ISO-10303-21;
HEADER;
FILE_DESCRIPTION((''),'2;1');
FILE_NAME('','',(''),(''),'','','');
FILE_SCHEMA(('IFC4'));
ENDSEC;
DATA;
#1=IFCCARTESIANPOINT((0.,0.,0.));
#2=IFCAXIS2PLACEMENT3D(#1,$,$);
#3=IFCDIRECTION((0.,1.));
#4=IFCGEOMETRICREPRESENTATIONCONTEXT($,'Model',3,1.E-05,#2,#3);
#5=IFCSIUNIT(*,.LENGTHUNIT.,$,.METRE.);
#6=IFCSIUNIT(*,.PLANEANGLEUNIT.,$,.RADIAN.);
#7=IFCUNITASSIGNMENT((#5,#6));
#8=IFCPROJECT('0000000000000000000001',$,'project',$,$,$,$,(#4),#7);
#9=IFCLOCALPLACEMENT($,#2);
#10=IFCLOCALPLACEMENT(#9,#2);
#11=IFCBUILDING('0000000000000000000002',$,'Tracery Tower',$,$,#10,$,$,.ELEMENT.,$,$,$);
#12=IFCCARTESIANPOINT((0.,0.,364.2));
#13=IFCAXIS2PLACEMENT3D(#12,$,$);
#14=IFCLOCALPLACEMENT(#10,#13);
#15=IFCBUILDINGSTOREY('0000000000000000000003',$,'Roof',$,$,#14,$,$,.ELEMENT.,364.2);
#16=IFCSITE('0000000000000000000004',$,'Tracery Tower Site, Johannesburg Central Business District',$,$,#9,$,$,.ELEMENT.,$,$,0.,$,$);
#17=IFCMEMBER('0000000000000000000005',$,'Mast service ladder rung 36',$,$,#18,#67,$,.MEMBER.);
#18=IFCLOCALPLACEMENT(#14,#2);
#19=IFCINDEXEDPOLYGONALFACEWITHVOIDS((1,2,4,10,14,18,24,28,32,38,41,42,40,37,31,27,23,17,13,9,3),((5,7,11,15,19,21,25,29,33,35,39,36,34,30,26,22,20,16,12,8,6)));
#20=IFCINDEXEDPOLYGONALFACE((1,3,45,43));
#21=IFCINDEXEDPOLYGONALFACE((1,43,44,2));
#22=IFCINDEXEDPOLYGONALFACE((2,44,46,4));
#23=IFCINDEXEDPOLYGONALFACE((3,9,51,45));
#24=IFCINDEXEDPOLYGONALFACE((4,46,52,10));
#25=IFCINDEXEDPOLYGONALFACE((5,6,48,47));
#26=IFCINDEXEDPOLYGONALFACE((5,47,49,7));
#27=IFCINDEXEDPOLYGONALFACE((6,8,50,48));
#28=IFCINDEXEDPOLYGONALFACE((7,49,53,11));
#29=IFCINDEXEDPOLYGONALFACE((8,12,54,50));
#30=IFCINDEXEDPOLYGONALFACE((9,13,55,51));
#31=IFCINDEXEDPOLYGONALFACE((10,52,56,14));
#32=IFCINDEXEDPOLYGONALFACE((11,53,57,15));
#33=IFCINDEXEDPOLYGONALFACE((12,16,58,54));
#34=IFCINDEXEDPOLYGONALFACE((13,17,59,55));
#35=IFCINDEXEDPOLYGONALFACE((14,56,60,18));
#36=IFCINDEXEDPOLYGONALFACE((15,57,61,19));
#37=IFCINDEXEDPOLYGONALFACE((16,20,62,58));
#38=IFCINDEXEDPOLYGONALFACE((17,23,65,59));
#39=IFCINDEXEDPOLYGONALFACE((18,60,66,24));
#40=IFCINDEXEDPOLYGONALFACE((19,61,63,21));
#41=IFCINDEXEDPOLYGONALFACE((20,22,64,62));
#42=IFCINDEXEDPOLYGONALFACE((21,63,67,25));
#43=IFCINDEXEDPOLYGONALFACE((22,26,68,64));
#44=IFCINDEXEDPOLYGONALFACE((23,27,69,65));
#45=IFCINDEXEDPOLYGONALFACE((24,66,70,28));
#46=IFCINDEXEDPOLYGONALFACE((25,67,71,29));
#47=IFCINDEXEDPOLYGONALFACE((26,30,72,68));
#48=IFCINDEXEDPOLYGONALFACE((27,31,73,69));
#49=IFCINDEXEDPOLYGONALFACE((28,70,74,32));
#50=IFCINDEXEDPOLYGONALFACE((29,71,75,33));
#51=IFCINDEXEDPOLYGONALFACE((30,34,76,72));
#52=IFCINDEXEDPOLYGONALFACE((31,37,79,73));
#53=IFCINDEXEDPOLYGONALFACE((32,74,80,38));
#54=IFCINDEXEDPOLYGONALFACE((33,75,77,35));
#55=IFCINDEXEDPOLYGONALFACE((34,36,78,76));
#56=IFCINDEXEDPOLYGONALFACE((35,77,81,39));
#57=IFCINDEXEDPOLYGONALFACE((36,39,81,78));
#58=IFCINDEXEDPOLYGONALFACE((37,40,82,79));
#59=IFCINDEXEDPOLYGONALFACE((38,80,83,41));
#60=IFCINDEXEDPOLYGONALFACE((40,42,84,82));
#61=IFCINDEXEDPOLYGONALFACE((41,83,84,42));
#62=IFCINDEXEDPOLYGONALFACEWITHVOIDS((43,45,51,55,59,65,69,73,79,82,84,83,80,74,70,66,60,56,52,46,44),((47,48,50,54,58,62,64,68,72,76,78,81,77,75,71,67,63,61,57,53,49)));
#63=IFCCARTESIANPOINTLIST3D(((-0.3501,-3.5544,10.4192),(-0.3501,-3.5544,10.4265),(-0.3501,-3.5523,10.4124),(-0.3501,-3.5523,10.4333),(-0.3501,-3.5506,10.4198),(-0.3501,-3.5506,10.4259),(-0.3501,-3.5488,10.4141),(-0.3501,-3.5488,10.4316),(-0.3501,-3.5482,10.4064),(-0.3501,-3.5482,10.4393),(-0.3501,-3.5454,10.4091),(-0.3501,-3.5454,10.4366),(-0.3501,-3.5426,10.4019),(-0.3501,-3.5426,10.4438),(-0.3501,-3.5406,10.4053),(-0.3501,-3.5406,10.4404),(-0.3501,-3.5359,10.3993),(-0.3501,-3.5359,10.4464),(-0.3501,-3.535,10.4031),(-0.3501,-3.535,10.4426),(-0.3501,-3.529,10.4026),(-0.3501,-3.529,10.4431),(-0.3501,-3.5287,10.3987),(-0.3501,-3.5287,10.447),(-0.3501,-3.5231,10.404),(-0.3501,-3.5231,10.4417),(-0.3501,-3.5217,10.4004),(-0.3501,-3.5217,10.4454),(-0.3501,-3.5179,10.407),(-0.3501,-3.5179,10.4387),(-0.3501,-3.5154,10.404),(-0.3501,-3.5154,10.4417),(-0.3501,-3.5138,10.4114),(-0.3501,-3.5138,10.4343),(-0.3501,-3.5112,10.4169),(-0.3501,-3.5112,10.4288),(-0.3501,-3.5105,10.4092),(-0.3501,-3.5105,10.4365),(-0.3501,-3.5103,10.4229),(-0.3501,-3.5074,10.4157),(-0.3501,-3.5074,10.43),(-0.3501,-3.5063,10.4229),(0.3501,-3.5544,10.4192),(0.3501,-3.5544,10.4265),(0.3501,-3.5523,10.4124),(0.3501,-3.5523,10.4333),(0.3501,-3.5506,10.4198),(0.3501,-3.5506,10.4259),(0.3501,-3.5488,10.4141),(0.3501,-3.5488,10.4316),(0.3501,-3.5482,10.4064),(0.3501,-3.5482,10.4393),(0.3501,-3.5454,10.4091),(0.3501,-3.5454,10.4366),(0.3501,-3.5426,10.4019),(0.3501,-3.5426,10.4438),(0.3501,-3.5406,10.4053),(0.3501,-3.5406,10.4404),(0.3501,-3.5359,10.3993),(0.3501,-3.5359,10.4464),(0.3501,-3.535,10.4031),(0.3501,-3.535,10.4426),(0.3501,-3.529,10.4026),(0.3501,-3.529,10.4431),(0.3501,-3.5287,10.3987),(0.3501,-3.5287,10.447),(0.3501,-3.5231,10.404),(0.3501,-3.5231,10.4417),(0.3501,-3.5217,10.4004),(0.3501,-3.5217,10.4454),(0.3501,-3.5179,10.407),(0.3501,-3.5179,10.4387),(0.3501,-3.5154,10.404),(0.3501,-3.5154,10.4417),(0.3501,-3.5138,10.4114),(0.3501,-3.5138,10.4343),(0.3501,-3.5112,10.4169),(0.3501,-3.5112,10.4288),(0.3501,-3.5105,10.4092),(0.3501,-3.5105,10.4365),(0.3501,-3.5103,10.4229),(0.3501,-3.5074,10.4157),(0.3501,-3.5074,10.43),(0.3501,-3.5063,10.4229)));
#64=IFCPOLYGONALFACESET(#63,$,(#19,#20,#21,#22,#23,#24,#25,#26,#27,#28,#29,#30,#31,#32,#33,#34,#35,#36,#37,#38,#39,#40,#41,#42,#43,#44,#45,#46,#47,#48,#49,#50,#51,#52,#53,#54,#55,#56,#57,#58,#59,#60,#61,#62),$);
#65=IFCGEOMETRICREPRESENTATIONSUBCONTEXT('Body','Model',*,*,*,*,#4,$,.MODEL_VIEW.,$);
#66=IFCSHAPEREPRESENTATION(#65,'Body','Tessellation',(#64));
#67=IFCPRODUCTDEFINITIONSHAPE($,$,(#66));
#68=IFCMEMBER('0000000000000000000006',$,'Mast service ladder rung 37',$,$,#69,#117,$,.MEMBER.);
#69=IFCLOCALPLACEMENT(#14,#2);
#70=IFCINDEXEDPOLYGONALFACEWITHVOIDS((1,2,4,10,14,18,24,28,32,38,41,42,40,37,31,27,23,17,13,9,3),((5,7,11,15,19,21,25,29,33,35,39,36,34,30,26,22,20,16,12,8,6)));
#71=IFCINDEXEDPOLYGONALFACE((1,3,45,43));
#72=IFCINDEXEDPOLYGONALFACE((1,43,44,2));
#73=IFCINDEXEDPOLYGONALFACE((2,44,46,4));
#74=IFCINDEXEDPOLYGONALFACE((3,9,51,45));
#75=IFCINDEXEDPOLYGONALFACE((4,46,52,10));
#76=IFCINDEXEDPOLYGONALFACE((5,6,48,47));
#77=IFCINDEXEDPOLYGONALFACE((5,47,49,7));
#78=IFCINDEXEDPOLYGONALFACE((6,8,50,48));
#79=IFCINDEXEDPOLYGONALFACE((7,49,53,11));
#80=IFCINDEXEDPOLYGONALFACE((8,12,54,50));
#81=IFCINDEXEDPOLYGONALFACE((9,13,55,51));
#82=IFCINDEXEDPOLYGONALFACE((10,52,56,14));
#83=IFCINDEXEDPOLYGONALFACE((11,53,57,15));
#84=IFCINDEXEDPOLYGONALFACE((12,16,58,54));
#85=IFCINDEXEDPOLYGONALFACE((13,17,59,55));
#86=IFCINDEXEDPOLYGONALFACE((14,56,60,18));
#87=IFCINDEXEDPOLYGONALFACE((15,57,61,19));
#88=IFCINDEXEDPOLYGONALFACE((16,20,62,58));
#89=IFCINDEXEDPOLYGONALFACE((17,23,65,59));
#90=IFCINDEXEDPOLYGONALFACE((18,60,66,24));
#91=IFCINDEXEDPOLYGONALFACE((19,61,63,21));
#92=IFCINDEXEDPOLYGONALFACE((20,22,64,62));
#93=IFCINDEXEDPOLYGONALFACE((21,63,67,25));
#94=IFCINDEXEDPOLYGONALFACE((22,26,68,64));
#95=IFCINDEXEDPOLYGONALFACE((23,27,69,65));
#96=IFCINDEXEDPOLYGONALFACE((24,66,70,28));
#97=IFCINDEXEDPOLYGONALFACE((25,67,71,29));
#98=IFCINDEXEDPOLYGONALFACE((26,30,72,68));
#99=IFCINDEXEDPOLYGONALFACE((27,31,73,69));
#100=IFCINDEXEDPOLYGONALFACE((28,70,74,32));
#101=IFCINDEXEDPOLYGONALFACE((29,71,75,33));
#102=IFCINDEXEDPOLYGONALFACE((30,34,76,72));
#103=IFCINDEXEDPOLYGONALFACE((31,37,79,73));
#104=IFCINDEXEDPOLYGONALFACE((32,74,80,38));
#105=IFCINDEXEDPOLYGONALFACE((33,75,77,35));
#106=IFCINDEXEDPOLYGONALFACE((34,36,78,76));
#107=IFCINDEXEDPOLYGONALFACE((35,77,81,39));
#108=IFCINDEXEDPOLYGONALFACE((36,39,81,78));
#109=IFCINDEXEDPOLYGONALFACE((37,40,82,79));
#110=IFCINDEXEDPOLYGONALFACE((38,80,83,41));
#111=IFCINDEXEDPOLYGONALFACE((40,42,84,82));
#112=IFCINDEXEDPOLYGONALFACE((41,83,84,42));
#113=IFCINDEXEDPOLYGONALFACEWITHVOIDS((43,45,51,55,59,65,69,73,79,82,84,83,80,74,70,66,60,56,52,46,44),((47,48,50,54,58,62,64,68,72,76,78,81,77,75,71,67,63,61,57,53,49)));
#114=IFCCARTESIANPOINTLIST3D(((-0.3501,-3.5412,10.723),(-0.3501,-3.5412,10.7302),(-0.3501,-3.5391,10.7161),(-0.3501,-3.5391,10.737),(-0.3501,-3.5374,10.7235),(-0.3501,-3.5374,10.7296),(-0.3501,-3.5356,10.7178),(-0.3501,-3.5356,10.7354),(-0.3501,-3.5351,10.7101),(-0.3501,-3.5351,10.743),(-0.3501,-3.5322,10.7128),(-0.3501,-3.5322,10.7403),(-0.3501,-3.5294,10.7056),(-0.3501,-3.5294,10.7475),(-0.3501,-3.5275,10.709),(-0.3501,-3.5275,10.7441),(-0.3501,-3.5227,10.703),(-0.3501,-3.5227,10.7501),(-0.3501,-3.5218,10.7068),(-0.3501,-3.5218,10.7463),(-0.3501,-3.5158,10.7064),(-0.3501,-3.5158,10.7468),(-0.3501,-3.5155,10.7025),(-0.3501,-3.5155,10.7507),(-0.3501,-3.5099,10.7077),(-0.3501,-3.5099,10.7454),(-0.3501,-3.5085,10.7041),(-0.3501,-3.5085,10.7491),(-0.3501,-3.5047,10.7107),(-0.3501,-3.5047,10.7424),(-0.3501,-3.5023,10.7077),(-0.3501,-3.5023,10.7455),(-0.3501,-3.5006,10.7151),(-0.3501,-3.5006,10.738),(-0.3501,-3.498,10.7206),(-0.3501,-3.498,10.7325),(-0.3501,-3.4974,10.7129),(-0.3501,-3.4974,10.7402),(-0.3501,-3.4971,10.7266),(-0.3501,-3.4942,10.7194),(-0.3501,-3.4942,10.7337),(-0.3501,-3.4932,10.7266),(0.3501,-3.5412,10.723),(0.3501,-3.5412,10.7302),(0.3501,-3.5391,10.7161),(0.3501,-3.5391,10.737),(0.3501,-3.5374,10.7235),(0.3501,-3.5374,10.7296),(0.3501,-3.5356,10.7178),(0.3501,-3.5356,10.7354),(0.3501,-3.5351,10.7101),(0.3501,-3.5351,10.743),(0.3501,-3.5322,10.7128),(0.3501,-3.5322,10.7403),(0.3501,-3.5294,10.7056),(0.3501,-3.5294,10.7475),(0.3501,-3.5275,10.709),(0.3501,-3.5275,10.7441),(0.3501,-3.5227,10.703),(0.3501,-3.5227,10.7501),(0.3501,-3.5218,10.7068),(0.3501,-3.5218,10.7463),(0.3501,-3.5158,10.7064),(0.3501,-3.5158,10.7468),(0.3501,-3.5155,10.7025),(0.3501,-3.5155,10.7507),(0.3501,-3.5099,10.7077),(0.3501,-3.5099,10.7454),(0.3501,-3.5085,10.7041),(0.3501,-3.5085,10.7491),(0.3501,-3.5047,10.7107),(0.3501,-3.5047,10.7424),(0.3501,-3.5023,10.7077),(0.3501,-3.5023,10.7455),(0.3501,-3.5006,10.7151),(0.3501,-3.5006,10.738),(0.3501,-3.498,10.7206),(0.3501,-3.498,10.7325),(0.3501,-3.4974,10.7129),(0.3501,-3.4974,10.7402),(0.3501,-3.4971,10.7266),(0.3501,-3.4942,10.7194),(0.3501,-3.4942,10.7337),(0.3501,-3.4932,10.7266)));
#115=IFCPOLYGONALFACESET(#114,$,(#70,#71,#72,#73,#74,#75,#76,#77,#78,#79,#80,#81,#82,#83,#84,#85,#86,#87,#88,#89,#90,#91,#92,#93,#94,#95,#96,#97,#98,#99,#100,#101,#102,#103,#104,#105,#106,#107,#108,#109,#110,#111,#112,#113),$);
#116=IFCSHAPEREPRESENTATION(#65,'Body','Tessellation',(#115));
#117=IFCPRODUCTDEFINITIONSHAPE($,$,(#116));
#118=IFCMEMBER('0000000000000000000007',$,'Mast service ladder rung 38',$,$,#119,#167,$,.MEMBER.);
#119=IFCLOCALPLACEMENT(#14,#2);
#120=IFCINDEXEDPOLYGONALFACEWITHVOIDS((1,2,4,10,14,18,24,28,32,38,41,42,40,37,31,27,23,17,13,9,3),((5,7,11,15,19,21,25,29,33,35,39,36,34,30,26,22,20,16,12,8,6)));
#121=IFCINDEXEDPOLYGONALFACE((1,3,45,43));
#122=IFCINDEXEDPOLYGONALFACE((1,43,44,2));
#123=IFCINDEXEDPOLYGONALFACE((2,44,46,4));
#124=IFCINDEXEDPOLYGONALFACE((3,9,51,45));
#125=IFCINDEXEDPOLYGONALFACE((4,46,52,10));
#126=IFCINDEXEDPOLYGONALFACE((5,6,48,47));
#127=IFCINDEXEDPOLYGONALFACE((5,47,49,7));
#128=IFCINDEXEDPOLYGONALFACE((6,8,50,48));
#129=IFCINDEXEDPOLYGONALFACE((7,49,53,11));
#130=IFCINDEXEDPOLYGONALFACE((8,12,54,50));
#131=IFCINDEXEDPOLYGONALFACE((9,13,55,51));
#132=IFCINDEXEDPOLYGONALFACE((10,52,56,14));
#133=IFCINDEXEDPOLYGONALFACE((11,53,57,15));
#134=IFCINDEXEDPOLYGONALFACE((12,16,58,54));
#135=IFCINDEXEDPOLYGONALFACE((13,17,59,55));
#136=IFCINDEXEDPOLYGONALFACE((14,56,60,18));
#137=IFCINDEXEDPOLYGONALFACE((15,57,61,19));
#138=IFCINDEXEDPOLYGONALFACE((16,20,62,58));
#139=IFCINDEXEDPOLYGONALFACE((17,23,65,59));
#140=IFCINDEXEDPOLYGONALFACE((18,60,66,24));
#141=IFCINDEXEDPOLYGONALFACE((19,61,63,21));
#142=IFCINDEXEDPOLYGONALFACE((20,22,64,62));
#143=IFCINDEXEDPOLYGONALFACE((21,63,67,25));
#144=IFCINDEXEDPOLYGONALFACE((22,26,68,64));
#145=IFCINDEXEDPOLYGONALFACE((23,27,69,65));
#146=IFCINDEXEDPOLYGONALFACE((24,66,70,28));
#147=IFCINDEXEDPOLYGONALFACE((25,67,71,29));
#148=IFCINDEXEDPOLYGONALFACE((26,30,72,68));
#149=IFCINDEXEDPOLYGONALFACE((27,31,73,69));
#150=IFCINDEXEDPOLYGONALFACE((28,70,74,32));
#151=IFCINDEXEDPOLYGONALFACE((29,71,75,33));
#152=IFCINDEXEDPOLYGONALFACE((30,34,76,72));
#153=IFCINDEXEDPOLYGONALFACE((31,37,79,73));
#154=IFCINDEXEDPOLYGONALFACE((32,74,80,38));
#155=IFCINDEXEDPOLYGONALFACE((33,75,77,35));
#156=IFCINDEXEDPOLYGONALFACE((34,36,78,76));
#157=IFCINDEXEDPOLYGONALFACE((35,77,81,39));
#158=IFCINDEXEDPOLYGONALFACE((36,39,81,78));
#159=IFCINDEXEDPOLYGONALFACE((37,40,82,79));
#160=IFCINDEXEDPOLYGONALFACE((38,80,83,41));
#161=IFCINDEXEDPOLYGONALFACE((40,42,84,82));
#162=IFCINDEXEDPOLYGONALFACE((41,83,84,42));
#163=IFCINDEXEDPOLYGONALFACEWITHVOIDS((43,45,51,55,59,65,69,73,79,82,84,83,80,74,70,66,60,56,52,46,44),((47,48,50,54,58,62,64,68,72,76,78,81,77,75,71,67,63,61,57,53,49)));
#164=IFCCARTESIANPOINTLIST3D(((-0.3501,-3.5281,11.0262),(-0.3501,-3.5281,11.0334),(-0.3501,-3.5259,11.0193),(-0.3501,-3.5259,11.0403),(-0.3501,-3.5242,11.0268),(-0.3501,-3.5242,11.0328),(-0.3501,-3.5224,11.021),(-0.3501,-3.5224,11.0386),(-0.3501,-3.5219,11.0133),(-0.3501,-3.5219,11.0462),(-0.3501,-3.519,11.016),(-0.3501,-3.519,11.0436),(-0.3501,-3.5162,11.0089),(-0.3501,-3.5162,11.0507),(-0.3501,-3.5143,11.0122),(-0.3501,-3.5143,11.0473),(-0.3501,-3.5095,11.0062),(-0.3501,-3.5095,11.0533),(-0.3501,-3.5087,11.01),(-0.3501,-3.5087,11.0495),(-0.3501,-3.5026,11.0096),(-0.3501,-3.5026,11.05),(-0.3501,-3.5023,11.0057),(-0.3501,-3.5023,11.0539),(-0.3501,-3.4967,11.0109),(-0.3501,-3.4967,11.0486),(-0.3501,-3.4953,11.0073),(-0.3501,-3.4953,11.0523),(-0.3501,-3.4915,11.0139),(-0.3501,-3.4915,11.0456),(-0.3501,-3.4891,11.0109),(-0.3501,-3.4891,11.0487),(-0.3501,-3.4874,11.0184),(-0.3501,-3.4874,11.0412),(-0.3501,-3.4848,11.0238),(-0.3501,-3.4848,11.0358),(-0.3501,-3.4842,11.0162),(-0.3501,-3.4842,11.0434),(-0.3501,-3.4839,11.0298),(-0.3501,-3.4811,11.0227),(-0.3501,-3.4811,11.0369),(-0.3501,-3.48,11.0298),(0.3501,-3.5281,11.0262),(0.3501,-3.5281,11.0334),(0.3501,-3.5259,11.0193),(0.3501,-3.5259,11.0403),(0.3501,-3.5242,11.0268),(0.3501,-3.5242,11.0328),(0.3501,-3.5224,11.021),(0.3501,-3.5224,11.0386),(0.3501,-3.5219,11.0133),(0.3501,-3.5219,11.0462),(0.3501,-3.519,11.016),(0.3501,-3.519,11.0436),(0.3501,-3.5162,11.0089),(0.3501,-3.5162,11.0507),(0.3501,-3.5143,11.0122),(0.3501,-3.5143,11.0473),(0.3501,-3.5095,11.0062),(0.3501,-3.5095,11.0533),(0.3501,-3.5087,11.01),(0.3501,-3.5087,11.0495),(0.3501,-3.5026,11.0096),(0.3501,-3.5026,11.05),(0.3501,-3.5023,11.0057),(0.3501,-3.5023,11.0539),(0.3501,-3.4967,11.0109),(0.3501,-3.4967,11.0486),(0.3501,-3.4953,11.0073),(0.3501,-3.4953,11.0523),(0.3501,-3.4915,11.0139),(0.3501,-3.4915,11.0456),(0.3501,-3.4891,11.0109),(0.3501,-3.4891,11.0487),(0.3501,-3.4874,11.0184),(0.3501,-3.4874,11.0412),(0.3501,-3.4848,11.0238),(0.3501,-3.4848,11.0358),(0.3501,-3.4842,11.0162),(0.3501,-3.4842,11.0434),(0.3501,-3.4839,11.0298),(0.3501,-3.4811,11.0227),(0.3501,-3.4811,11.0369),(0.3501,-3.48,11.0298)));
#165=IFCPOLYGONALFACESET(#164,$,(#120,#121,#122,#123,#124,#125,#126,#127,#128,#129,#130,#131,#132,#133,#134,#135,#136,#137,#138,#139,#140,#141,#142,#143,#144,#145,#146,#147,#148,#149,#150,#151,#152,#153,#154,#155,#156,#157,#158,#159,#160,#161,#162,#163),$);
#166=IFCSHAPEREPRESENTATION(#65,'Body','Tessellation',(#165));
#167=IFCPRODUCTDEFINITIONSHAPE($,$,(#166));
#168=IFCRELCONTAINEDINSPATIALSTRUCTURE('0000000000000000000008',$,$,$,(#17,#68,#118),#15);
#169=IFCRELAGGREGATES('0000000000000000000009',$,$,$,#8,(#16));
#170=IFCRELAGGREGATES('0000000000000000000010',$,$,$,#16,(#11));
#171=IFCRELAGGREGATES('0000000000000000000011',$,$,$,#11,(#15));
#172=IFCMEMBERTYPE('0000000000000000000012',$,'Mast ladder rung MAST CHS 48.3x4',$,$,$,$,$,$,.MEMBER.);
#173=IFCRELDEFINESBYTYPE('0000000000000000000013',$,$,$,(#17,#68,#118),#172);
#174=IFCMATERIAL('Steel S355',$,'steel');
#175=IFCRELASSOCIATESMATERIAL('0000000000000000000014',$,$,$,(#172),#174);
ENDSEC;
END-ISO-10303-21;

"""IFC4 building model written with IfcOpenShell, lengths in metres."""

from ifc_helpers import new_model, si_unit, direction, frame, origin, origin_2d, place, context, subcontext, project, spatial, hollow_circle, extrude, material, material_profile, profile_set, type_object, element, save


model = new_model("IFC4")

# Units and contexts
model_context = context("Model", 3, precision=1e-05, world=origin(), true_north=direction((0.0, 1.0)))
body_context = subcontext(model_context, "Body", "Model", "MODEL_VIEW")
ifc_project = project(units=[si_unit("LENGTHUNIT", "METRE"), si_unit("PLANEANGLEUNIT", "RADIAN")], contexts=[model_context])

# Site, building, storey
site_placement = place(None, origin())
site = spatial("IfcSite", under=ifc_project, at=site_placement, Name="Tracery Tower Site, Johannesburg Central Business District", CompositionType="ELEMENT", RefElevation=0.0)
building_placement = place(site_placement, origin())
building = spatial("IfcBuilding", under=site, at=building_placement, Name="Tracery Tower", CompositionType="ELEMENT")
storey_placement = place(building_placement, frame((0.0, 0.0, 364.2)))
storey = spatial("IfcBuildingStorey", under=building, at=storey_placement, Name="Roof", CompositionType="ELEMENT", Elevation=364.2)

# Members
ifc_material_1 = material(Name="Steel S355", Category="steel")
ifc_material_profile_1 = material_profile(ifc_material_1, hollow_circle(Radius=0.0242, WallThickness=0.0039, at=origin_2d()), Name="CHS 48.3x4")
ifc_profile_set_1 = profile_set([ifc_material_profile_1], Name="Steel S355")
member_type_1 = type_object("IfcMemberType", Name="Mast ladder rung MAST CHS 48.3x4", PredefinedType="MEMBER", material=ifc_profile_set_1)
for number, where, z_axis, x_axis, name in (
    (1, (-0.3501, -3.5305, 10.4229), (1.0, 0.0, 0.0), (0.0, 1.0, 0.0), "Mast service ladder rung 36"),
    (2, (-0.3501, -3.5173, 10.7266), (1.0, 0.0, 0.0), (0.0, 1.0, 0.0), "Mast service ladder rung 37"),
    (3, (-0.3501, -3.5042, 11.0298), (1.0, 0.0, 0.0), (0.0, 1.0, 0.0), "Mast service ladder rung 38"),
):
    element("IfcMember", number, at=place(storey_placement, frame(where, z_axis=z_axis, x_axis=x_axis)), inside=storey, type_object=member_type_1, Name=name, PredefinedType="MEMBER", context=body_context, shape_type="SweptSolid", body=[
        extrude(hollow_circle(Radius=0.0242, WallThickness=0.0039, at=origin_2d()), origin(), (0.0, 0.0, 1.0), 0.7002),
    ])

save(model, "model.ifc")
